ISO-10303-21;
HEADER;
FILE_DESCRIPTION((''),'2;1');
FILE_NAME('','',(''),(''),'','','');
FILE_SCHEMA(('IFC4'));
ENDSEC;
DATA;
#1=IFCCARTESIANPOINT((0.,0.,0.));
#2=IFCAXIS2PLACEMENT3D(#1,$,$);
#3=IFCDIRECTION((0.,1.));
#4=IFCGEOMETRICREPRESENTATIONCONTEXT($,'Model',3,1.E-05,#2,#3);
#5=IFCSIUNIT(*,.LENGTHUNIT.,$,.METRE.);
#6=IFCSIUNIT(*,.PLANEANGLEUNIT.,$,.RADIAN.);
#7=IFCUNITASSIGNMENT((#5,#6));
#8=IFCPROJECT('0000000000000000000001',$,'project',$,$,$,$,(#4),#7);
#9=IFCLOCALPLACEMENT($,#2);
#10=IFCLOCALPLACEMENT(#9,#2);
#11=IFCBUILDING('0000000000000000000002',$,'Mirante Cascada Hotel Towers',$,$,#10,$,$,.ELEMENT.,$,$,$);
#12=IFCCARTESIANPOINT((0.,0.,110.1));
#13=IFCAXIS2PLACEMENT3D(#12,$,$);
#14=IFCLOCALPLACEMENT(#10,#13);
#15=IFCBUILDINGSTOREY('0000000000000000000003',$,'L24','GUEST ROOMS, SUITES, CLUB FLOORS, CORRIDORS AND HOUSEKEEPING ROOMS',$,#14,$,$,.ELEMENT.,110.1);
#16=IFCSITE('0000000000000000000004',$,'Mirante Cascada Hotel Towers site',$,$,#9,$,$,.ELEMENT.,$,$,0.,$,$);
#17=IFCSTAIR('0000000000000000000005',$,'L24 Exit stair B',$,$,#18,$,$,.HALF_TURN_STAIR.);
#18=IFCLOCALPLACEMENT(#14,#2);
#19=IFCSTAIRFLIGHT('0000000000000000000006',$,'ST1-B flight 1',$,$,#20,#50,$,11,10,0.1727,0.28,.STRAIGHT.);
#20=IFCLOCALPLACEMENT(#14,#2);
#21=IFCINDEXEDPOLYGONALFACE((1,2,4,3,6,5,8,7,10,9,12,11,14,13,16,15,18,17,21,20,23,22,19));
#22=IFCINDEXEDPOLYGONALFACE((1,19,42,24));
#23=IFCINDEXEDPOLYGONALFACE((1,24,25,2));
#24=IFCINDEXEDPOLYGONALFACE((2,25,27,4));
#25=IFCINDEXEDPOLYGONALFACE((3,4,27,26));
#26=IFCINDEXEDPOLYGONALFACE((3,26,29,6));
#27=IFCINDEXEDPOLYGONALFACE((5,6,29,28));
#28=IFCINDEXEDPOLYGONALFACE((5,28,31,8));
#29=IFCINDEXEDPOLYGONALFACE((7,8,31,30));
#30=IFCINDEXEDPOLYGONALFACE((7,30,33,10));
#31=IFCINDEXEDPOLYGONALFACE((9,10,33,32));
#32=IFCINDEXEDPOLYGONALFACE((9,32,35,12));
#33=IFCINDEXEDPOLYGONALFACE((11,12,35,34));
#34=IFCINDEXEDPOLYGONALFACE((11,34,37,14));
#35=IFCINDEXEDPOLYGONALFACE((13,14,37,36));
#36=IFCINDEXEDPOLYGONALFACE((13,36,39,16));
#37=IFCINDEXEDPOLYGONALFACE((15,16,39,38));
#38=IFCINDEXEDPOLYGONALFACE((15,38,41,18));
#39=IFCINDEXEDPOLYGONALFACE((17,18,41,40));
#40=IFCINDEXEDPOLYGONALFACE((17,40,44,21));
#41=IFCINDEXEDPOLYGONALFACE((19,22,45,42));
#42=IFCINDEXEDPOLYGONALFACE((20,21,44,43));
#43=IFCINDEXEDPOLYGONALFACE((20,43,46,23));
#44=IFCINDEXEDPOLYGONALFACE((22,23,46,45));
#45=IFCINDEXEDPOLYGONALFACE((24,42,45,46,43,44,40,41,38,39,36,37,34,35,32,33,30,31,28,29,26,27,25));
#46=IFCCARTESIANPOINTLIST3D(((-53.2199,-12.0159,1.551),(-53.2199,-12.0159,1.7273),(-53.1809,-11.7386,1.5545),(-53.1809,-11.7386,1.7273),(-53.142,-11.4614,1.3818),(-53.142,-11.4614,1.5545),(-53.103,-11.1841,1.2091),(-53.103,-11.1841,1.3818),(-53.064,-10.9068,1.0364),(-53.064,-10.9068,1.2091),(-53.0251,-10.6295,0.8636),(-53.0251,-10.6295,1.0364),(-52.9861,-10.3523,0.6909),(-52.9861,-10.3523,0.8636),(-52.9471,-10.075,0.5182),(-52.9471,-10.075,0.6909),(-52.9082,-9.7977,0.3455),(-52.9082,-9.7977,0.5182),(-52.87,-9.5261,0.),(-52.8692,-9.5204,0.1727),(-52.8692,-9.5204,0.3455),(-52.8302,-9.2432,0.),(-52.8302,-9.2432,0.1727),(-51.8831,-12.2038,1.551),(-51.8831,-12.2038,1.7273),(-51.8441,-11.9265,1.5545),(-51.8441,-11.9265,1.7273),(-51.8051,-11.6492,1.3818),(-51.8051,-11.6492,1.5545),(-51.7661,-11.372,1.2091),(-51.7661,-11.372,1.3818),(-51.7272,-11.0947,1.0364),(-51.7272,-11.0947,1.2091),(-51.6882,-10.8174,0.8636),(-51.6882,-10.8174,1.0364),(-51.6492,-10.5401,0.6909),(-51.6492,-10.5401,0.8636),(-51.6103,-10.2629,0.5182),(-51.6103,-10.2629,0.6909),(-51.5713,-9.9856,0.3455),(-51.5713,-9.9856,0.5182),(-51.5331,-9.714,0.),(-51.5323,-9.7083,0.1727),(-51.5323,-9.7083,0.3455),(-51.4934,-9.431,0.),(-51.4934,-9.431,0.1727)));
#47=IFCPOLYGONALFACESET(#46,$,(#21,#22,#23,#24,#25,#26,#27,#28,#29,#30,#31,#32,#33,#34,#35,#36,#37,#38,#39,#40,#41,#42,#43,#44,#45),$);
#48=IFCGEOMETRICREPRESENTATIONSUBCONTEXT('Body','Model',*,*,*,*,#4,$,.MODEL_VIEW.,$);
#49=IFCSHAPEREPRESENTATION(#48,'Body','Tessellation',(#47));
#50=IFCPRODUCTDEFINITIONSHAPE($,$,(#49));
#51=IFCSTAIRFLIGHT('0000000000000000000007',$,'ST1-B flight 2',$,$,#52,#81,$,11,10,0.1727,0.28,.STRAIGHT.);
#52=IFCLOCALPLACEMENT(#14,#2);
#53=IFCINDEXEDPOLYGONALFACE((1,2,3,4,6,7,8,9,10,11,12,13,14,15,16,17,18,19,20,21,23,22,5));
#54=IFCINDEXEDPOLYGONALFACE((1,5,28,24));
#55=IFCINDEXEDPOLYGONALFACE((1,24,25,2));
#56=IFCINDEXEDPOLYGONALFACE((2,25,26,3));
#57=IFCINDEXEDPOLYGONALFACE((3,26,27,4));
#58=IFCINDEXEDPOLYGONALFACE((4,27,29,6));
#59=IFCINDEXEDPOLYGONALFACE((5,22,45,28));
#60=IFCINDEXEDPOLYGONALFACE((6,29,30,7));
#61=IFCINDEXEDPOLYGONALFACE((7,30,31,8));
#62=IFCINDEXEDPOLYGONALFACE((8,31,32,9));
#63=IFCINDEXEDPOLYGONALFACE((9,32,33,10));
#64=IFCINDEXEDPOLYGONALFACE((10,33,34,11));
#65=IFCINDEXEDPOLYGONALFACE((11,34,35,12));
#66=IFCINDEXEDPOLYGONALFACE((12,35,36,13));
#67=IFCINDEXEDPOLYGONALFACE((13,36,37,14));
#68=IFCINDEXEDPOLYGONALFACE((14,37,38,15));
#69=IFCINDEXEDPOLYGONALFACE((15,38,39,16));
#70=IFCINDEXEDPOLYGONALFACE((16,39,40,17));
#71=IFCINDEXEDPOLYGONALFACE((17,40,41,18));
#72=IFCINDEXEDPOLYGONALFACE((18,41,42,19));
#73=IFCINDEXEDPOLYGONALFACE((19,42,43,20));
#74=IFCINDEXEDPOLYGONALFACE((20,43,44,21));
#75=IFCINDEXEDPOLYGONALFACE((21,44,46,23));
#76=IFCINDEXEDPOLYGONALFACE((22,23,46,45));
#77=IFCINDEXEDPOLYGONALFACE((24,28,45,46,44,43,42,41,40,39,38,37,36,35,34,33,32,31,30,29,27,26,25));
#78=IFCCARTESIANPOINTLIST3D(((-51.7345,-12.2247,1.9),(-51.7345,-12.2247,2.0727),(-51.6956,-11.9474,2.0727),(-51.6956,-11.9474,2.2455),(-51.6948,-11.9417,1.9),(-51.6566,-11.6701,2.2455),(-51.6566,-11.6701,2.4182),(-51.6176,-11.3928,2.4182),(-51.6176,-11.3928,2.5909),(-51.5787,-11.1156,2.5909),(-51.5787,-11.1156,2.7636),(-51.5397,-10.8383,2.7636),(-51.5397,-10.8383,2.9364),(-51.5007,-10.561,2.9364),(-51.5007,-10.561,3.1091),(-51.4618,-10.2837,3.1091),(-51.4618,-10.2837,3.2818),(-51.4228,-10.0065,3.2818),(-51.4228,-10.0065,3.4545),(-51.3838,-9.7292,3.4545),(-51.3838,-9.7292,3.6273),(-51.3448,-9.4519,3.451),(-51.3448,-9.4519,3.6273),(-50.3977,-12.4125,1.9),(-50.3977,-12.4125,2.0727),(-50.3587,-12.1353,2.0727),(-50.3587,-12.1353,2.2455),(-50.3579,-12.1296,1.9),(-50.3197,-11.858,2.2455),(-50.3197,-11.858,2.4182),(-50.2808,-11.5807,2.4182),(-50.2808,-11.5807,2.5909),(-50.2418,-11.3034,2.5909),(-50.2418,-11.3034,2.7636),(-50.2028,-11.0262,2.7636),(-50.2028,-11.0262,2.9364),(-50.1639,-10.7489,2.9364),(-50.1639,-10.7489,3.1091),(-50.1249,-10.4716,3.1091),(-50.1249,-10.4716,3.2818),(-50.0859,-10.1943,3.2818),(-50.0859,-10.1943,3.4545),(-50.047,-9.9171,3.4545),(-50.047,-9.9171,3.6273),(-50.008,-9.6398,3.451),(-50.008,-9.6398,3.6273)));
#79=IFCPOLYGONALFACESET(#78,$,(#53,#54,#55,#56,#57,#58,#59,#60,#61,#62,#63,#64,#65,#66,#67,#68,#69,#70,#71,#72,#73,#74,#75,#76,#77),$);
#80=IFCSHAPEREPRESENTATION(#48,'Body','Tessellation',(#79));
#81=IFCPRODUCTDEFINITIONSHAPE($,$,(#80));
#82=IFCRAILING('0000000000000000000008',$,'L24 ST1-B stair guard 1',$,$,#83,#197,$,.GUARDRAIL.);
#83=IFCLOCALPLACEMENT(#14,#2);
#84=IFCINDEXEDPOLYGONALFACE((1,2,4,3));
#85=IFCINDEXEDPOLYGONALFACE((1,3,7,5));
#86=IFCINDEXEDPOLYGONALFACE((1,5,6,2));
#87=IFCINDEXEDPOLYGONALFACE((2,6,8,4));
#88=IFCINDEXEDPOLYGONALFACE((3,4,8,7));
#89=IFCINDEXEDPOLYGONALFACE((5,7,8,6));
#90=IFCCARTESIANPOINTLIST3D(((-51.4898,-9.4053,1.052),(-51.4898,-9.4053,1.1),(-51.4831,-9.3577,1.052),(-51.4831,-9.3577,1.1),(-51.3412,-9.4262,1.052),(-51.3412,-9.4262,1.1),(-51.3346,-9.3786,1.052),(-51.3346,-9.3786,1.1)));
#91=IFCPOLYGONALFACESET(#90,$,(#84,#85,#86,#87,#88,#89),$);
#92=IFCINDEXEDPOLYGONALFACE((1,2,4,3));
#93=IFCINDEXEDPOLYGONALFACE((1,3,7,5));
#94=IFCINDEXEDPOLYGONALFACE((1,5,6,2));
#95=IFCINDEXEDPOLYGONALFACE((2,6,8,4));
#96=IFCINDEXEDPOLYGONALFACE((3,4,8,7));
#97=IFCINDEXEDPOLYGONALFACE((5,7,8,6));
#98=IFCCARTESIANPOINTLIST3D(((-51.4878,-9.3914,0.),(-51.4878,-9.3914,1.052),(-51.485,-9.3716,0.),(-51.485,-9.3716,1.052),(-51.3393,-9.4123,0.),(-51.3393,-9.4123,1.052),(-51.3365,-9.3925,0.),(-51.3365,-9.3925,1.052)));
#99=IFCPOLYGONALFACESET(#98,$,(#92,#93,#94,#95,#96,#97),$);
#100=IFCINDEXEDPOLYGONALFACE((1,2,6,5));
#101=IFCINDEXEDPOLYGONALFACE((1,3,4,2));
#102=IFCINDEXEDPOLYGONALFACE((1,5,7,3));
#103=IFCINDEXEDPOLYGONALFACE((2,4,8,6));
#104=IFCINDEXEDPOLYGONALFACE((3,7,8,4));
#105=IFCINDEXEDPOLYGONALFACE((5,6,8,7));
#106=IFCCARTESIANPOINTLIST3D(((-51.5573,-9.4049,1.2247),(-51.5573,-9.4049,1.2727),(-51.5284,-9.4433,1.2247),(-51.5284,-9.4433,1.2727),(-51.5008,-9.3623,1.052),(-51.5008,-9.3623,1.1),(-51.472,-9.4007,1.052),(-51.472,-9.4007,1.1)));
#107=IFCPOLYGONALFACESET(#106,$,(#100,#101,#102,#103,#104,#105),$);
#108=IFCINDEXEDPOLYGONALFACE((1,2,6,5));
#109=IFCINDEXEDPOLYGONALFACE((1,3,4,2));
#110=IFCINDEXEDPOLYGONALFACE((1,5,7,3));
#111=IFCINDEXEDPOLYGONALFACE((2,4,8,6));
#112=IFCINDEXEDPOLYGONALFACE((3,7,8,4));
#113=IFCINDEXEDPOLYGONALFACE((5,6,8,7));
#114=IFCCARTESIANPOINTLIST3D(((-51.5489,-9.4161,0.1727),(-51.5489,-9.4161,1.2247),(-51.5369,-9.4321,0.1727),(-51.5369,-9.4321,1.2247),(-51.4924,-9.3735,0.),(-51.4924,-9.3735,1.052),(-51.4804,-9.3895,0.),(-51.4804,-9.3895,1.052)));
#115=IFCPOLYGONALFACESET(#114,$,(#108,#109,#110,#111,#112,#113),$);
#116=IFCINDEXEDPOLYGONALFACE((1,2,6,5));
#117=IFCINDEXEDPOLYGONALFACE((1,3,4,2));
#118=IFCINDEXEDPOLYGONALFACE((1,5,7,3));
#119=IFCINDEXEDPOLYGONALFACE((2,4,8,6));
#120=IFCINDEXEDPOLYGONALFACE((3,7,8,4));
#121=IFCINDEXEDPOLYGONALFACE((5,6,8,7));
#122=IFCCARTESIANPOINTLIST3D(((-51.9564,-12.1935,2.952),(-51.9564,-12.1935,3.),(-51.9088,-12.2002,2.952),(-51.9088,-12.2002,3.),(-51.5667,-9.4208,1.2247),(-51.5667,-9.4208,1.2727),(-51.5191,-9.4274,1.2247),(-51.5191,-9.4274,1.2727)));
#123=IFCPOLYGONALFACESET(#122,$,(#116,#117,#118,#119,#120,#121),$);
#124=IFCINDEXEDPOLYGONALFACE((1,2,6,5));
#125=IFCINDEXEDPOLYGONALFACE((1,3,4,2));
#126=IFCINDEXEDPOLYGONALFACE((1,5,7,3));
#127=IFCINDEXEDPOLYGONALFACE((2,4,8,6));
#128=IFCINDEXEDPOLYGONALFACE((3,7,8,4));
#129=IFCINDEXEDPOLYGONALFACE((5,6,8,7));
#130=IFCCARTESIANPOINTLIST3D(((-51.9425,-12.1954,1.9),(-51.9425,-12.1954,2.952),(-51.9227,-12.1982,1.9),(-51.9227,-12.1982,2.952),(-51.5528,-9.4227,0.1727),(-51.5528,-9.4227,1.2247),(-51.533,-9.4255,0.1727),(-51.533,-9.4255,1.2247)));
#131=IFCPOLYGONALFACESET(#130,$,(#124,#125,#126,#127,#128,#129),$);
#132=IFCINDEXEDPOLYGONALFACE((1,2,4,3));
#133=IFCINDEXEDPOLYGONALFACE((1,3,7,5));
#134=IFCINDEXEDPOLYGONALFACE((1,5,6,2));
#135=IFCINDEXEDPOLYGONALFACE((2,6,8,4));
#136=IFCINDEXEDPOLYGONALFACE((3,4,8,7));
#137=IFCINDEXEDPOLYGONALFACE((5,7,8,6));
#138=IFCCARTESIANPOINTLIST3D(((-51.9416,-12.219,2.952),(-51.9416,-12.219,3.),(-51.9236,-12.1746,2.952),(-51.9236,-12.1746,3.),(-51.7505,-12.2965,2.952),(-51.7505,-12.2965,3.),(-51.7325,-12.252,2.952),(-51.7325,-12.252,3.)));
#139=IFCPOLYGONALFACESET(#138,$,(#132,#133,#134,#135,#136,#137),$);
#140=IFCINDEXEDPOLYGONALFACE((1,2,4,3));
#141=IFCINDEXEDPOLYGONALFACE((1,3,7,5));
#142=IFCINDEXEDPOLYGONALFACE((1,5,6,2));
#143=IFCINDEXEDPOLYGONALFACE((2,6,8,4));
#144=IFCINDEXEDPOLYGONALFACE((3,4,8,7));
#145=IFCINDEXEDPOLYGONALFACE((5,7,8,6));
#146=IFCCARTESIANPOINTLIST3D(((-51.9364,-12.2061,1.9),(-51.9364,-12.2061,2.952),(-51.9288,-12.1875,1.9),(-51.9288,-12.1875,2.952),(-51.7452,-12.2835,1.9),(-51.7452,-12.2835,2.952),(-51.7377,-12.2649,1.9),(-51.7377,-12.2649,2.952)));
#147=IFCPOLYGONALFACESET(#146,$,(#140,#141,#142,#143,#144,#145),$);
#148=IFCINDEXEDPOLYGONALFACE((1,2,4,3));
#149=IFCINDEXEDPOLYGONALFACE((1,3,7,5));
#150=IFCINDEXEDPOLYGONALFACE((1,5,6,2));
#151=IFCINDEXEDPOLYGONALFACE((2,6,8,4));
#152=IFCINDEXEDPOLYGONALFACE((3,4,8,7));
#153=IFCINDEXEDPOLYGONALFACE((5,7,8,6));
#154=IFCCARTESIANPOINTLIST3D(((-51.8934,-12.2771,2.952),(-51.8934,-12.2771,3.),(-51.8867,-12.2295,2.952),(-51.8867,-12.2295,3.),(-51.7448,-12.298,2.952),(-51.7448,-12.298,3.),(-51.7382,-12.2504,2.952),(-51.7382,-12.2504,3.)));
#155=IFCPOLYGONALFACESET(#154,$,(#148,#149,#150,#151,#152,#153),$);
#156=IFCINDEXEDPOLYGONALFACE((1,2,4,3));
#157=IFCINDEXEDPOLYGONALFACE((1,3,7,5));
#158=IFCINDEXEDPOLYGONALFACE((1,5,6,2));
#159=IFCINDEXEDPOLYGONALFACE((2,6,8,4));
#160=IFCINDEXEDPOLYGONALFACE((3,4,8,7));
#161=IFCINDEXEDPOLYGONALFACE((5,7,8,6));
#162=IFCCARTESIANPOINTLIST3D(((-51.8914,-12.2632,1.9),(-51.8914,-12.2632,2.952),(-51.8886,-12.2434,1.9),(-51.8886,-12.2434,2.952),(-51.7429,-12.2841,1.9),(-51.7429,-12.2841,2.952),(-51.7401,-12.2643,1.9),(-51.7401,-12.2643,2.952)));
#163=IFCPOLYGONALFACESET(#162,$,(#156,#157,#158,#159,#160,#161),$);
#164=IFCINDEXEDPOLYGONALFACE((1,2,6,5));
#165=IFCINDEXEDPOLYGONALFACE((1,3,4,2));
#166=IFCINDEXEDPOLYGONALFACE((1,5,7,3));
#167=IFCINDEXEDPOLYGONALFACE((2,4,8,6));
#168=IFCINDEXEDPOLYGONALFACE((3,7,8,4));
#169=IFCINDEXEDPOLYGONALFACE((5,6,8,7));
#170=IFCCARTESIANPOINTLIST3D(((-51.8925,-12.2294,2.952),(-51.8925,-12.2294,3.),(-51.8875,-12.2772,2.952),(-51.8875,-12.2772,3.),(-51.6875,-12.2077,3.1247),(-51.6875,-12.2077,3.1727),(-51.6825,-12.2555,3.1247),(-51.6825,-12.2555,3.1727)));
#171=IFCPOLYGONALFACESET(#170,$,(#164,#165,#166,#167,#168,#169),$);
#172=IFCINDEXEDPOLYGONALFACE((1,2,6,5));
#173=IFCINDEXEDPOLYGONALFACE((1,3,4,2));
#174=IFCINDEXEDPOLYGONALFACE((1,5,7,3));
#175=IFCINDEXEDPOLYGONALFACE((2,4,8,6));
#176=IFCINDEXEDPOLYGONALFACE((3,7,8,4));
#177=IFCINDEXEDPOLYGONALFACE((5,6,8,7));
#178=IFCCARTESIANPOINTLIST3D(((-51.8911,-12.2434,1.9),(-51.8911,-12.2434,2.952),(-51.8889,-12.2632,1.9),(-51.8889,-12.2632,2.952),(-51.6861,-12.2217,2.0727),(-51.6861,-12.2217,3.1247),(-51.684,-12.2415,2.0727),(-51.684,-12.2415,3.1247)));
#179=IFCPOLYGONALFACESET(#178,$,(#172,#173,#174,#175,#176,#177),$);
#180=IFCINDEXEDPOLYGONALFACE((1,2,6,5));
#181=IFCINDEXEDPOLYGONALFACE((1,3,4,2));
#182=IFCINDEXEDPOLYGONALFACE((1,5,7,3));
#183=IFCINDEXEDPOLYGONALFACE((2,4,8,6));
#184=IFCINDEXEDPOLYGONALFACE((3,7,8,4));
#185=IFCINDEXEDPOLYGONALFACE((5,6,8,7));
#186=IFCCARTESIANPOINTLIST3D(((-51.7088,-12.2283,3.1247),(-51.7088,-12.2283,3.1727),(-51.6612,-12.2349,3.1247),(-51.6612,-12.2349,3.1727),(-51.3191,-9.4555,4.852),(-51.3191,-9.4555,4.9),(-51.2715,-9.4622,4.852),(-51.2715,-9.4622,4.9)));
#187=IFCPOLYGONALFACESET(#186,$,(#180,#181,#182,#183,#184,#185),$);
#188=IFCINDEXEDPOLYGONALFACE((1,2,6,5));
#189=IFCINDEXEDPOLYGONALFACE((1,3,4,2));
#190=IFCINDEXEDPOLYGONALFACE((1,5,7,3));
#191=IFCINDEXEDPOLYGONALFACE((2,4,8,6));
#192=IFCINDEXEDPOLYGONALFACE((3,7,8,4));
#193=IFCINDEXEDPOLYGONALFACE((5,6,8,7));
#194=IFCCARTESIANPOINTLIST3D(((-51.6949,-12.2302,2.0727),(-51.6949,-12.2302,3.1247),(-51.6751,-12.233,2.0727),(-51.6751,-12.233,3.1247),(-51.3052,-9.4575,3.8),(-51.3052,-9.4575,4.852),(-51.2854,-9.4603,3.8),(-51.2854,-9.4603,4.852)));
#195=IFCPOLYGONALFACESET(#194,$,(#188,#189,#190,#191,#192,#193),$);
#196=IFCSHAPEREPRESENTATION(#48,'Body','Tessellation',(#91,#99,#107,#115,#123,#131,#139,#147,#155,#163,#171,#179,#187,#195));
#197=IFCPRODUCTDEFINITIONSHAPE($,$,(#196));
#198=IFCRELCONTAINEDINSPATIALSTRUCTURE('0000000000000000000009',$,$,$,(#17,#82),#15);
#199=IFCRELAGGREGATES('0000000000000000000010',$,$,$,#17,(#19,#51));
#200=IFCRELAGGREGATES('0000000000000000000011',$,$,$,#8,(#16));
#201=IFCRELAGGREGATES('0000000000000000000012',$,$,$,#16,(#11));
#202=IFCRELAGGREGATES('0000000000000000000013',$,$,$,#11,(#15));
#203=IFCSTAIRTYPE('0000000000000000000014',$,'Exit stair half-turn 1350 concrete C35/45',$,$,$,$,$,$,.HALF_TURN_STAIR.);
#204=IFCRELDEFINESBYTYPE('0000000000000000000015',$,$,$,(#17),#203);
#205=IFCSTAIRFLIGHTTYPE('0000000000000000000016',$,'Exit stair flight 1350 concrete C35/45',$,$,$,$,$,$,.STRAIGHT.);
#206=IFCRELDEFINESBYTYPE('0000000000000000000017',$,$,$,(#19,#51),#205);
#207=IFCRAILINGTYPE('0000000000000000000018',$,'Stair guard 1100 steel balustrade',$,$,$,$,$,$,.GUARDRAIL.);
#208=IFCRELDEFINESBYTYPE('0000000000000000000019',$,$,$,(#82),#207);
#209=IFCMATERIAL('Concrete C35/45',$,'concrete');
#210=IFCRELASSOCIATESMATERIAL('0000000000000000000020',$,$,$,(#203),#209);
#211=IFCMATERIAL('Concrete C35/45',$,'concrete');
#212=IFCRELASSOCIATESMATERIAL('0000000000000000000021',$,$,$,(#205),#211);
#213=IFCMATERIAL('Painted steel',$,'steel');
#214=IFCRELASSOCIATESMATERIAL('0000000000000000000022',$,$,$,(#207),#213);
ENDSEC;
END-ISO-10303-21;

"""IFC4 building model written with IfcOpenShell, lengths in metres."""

from ifc_helpers import new_model, si_unit, direction, frame, origin, origin_2d, place, context, subcontext, project, spatial, polyline, rectangle, outline, extrude, material, type_object, element, aggregate, save


model = new_model("IFC4")

# Units and contexts
model_context = context("Model", 3, precision=1e-05, world=origin(), true_north=direction((0.0, 1.0)))
body_context = subcontext(model_context, "Body", "Model", "MODEL_VIEW")
ifc_project = project(units=[si_unit("LENGTHUNIT", "METRE"), si_unit("PLANEANGLEUNIT", "RADIAN")], contexts=[model_context])

# Site, building, storey
site_placement = place(None, origin())
site = spatial("IfcSite", under=ifc_project, at=site_placement, Name="Mirante Cascada Hotel Towers site", CompositionType="ELEMENT", RefElevation=0.0)
building_placement = place(site_placement, origin())
building = spatial("IfcBuilding", under=site, at=building_placement, Name="Mirante Cascada Hotel Towers", CompositionType="ELEMENT")
storey_placement = place(building_placement, frame((0.0, 0.0, 110.1)))
storey = spatial("IfcBuildingStorey", under=building, at=storey_placement, Name="L24", Description="GUEST ROOMS, SUITES, CLUB FLOORS, CORRIDORS AND HOUSEKEEPING ROOMS", CompositionType="ELEMENT", Elevation=110.1)

# Stair, stair flights
ifc_material_1 = material(Name="Concrete C35/45", Category="concrete")
stair_type = type_object("IfcStairType", Name="Exit stair half-turn 1350 concrete C35/45", PredefinedType="HALF_TURN_STAIR", material=ifc_material_1)
stair_placement = place(storey_placement, origin())
stair = element("IfcStair", 1, at=stair_placement, inside=storey, type_object=stair_type, Name="L24 Exit stair B", PredefinedType="HALF_TURN_STAIR")
ifc_material_2 = material(Name="Concrete C35/45", Category="concrete")
stair_flight_type = type_object("IfcStairFlightType", Name="Exit stair flight 1350 concrete C35/45", PredefinedType="STRAIGHT", material=ifc_material_2)
stair_flight_1_placement = place(storey_placement, frame((-52.1618, -9.3371, 0.0), z_axis=(0.0, 0.0, 1.0), x_axis=(-0.139173, -0.990268, 0.0)))
stair_flight_1 = element("IfcStairFlight", 2, at=stair_flight_1_placement, type_object=stair_flight_type, Name="ST1-B flight 1", NumberOfRisers=11, NumberOfTreads=10, PredefinedType="STRAIGHT", RiserHeight=0.1727, TreadLength=0.28, context=body_context, shape_type="SweptSolid", body=[
    extrude(outline(polyline([(0.0, 0.0), (0.0, 0.1727), (0.28, 0.1727), (0.28, 0.3455), (0.56, 0.3455), (0.56, 0.5182), (0.84, 0.5182), (0.84, 0.6909), (1.12, 0.6909), (1.12, 0.8636), (1.4, 0.8636), (1.4, 1.0364), (1.68, 1.0364), (1.68, 1.2091), (1.96, 1.2091), (1.96, 1.3818), (2.24, 1.3818), (2.24, 1.5545), (2.52, 1.5545), (2.52, 1.7273), (2.8, 1.7273), (2.8, 1.9), (2.8, 1.551), (0.2857, 0.0), (0.0, 0.0)])), frame((0.0, 0.675, 0.0), z_axis=(0.0, -1.0, 0.0), x_axis=(1.0, 0.0, 0.0)), (0.0, 0.0, 1.0), 1.35),
])
stair_flight_2_placement = place(storey_placement, frame((-51.0661, -12.3186, 1.9), z_axis=(0.0, 0.0, 1.0), x_axis=(0.139173, 0.990268, 0.0)))
stair_flight_2 = element("IfcStairFlight", 3, at=stair_flight_2_placement, type_object=stair_flight_type, Name="ST1-B flight 2", NumberOfRisers=11, NumberOfTreads=10, PredefinedType="STRAIGHT", RiserHeight=0.1727, TreadLength=0.28, context=body_context, shape_type="SweptSolid", body=[
    extrude(outline(polyline([(0.0, 0.0), (0.0, 0.1727), (0.28, 0.1727), (0.28, 0.3455), (0.56, 0.3455), (0.56, 0.5182), (0.84, 0.5182), (0.84, 0.6909), (1.12, 0.6909), (1.12, 0.8636), (1.4, 0.8636), (1.4, 1.0364), (1.68, 1.0364), (1.68, 1.2091), (1.96, 1.2091), (1.96, 1.3818), (2.24, 1.3818), (2.24, 1.5545), (2.52, 1.5545), (2.52, 1.7273), (2.8, 1.7273), (2.8, 1.9), (2.8, 1.551), (0.2857, 0.0), (0.0, 0.0)])), frame((0.0, 0.675, 0.0), z_axis=(0.0, -1.0, 0.0), x_axis=(1.0, 0.0, 0.0)), (0.0, 0.0, 1.0), 1.35),
])
aggregate(stair, [stair_flight_1, stair_flight_2])

# Railing
ifc_material_3 = material(Name="Painted steel", Category="steel")
railing_type_1 = type_object("IfcRailingType", Name="Stair guard 1100 steel balustrade", PredefinedType="GUARDRAIL", material=ifc_material_3)
railing_1_placement = place(storey_placement, frame((-51.3379, -9.4024, 0.0)))
element("IfcRailing", 4, at=railing_1_placement, inside=storey, type_object=railing_type_1, Name="L24 ST1-B stair guard 1", PredefinedType="GUARDRAIL", context=body_context, shape_type="SweptSolid", body=[
    extrude(rectangle(XDim=0.048, YDim=0.048, at=origin_2d()), frame((0.0, 0.0, 1.076), z_axis=(-0.990241, 0.139367, 0.0), x_axis=(-0.139367, -0.990241, 0.0)), (0.0, 0.0, 1.0), 0.15),
    extrude(rectangle(XDim=0.02, YDim=1.052, at=origin_2d()), frame((0.0, 0.0, 0.526), z_axis=(-0.990241, 0.139367, 0.0), x_axis=(-0.139367, -0.990241, 0.0)), (0.0, 0.0, 1.0), 0.15),
    extrude(rectangle(XDim=0.048, YDim=0.048, at=origin_2d()), frame((-0.1485, 0.0209, 1.076), z_axis=(-0.798471, -0.602033, 0.0), x_axis=(0.602033, -0.798471, 0.0)), (0.0, 0.92534, 0.379139), 0.1866),
    extrude(rectangle(XDim=0.02, YDim=1.052, at=origin_2d()), frame((-0.1485, 0.0209, 0.526), z_axis=(-0.798471, -0.602033, 0.0), x_axis=(0.602033, -0.798471, 0.0)), (0.0, 0.92534, 0.379139), 0.1866),
    extrude(rectangle(XDim=0.048, YDim=0.048, at=origin_2d()), frame((-0.205, -0.0217, 1.2487), z_axis=(-0.139181, -0.990267, 0.0), x_axis=(0.990267, -0.139181, 0.0)), (0.0, 0.525035, 0.851081), 3.2899),
    extrude(rectangle(XDim=0.02, YDim=1.052, at=origin_2d()), frame((-0.205, -0.0217, 0.6987), z_axis=(-0.139181, -0.990267, 0.0), x_axis=(0.990267, -0.139181, 0.0)), (0.0, 0.525035, 0.851081), 3.2899),
    extrude(rectangle(XDim=0.048, YDim=0.048, at=origin_2d()), frame((-0.5947, -2.7944, 2.976), z_axis=(0.926862, -0.375401, 0.0), x_axis=(0.375401, 0.926862, 0.0)), (0.0, 0.0, 1.0), 0.2062),
    extrude(rectangle(XDim=0.02, YDim=1.052, at=origin_2d()), frame((-0.5947, -2.7944, 2.426), z_axis=(0.926862, -0.375401, 0.0), x_axis=(0.375401, 0.926862, 0.0)), (0.0, 0.0, 1.0), 0.2062),
    extrude(rectangle(XDim=0.048, YDim=0.048, at=origin_2d()), frame((-0.4036, -2.8718, 2.976), z_axis=(-0.990241, 0.139367, 0.0), x_axis=(-0.139367, -0.990241, 0.0)), (0.0, 0.0, 1.0), 0.15),
    extrude(rectangle(XDim=0.02, YDim=1.052, at=origin_2d()), frame((-0.4036, -2.8718, 2.426), z_axis=(-0.990241, 0.139367, 0.0), x_axis=(-0.139367, -0.990241, 0.0)), (0.0, 0.0, 1.0), 0.15),
    extrude(rectangle(XDim=0.048, YDim=0.048, at=origin_2d()), frame((-0.5521, -2.8509, 2.976), z_axis=(0.994444, 0.105266, 0.0), x_axis=(-0.105266, 0.994444, 0.0)), (0.0, 0.642184, 0.76655), 0.2689),
    extrude(rectangle(XDim=0.02, YDim=1.052, at=origin_2d()), frame((-0.5521, -2.8509, 2.426), z_axis=(0.994444, 0.105266, 0.0), x_axis=(-0.105266, 0.994444, 0.0)), (0.0, 0.642184, 0.76655), 0.2689),
    extrude(rectangle(XDim=0.048, YDim=0.048, at=origin_2d()), frame((-0.3471, -2.8292, 3.1487), z_axis=(0.139181, 0.990267, 0.0), x_axis=(-0.990267, 0.139181, 0.0)), (0.0, 0.525035, 0.851081), 3.2899),
    extrude(rectangle(XDim=0.02, YDim=1.052, at=origin_2d()), frame((-0.3471, -2.8292, 2.5987), z_axis=(0.139181, 0.990267, 0.0), x_axis=(-0.990267, 0.139181, 0.0)), (0.0, 0.525035, 0.851081), 3.2899),
])

save(model, "model.ifc")
